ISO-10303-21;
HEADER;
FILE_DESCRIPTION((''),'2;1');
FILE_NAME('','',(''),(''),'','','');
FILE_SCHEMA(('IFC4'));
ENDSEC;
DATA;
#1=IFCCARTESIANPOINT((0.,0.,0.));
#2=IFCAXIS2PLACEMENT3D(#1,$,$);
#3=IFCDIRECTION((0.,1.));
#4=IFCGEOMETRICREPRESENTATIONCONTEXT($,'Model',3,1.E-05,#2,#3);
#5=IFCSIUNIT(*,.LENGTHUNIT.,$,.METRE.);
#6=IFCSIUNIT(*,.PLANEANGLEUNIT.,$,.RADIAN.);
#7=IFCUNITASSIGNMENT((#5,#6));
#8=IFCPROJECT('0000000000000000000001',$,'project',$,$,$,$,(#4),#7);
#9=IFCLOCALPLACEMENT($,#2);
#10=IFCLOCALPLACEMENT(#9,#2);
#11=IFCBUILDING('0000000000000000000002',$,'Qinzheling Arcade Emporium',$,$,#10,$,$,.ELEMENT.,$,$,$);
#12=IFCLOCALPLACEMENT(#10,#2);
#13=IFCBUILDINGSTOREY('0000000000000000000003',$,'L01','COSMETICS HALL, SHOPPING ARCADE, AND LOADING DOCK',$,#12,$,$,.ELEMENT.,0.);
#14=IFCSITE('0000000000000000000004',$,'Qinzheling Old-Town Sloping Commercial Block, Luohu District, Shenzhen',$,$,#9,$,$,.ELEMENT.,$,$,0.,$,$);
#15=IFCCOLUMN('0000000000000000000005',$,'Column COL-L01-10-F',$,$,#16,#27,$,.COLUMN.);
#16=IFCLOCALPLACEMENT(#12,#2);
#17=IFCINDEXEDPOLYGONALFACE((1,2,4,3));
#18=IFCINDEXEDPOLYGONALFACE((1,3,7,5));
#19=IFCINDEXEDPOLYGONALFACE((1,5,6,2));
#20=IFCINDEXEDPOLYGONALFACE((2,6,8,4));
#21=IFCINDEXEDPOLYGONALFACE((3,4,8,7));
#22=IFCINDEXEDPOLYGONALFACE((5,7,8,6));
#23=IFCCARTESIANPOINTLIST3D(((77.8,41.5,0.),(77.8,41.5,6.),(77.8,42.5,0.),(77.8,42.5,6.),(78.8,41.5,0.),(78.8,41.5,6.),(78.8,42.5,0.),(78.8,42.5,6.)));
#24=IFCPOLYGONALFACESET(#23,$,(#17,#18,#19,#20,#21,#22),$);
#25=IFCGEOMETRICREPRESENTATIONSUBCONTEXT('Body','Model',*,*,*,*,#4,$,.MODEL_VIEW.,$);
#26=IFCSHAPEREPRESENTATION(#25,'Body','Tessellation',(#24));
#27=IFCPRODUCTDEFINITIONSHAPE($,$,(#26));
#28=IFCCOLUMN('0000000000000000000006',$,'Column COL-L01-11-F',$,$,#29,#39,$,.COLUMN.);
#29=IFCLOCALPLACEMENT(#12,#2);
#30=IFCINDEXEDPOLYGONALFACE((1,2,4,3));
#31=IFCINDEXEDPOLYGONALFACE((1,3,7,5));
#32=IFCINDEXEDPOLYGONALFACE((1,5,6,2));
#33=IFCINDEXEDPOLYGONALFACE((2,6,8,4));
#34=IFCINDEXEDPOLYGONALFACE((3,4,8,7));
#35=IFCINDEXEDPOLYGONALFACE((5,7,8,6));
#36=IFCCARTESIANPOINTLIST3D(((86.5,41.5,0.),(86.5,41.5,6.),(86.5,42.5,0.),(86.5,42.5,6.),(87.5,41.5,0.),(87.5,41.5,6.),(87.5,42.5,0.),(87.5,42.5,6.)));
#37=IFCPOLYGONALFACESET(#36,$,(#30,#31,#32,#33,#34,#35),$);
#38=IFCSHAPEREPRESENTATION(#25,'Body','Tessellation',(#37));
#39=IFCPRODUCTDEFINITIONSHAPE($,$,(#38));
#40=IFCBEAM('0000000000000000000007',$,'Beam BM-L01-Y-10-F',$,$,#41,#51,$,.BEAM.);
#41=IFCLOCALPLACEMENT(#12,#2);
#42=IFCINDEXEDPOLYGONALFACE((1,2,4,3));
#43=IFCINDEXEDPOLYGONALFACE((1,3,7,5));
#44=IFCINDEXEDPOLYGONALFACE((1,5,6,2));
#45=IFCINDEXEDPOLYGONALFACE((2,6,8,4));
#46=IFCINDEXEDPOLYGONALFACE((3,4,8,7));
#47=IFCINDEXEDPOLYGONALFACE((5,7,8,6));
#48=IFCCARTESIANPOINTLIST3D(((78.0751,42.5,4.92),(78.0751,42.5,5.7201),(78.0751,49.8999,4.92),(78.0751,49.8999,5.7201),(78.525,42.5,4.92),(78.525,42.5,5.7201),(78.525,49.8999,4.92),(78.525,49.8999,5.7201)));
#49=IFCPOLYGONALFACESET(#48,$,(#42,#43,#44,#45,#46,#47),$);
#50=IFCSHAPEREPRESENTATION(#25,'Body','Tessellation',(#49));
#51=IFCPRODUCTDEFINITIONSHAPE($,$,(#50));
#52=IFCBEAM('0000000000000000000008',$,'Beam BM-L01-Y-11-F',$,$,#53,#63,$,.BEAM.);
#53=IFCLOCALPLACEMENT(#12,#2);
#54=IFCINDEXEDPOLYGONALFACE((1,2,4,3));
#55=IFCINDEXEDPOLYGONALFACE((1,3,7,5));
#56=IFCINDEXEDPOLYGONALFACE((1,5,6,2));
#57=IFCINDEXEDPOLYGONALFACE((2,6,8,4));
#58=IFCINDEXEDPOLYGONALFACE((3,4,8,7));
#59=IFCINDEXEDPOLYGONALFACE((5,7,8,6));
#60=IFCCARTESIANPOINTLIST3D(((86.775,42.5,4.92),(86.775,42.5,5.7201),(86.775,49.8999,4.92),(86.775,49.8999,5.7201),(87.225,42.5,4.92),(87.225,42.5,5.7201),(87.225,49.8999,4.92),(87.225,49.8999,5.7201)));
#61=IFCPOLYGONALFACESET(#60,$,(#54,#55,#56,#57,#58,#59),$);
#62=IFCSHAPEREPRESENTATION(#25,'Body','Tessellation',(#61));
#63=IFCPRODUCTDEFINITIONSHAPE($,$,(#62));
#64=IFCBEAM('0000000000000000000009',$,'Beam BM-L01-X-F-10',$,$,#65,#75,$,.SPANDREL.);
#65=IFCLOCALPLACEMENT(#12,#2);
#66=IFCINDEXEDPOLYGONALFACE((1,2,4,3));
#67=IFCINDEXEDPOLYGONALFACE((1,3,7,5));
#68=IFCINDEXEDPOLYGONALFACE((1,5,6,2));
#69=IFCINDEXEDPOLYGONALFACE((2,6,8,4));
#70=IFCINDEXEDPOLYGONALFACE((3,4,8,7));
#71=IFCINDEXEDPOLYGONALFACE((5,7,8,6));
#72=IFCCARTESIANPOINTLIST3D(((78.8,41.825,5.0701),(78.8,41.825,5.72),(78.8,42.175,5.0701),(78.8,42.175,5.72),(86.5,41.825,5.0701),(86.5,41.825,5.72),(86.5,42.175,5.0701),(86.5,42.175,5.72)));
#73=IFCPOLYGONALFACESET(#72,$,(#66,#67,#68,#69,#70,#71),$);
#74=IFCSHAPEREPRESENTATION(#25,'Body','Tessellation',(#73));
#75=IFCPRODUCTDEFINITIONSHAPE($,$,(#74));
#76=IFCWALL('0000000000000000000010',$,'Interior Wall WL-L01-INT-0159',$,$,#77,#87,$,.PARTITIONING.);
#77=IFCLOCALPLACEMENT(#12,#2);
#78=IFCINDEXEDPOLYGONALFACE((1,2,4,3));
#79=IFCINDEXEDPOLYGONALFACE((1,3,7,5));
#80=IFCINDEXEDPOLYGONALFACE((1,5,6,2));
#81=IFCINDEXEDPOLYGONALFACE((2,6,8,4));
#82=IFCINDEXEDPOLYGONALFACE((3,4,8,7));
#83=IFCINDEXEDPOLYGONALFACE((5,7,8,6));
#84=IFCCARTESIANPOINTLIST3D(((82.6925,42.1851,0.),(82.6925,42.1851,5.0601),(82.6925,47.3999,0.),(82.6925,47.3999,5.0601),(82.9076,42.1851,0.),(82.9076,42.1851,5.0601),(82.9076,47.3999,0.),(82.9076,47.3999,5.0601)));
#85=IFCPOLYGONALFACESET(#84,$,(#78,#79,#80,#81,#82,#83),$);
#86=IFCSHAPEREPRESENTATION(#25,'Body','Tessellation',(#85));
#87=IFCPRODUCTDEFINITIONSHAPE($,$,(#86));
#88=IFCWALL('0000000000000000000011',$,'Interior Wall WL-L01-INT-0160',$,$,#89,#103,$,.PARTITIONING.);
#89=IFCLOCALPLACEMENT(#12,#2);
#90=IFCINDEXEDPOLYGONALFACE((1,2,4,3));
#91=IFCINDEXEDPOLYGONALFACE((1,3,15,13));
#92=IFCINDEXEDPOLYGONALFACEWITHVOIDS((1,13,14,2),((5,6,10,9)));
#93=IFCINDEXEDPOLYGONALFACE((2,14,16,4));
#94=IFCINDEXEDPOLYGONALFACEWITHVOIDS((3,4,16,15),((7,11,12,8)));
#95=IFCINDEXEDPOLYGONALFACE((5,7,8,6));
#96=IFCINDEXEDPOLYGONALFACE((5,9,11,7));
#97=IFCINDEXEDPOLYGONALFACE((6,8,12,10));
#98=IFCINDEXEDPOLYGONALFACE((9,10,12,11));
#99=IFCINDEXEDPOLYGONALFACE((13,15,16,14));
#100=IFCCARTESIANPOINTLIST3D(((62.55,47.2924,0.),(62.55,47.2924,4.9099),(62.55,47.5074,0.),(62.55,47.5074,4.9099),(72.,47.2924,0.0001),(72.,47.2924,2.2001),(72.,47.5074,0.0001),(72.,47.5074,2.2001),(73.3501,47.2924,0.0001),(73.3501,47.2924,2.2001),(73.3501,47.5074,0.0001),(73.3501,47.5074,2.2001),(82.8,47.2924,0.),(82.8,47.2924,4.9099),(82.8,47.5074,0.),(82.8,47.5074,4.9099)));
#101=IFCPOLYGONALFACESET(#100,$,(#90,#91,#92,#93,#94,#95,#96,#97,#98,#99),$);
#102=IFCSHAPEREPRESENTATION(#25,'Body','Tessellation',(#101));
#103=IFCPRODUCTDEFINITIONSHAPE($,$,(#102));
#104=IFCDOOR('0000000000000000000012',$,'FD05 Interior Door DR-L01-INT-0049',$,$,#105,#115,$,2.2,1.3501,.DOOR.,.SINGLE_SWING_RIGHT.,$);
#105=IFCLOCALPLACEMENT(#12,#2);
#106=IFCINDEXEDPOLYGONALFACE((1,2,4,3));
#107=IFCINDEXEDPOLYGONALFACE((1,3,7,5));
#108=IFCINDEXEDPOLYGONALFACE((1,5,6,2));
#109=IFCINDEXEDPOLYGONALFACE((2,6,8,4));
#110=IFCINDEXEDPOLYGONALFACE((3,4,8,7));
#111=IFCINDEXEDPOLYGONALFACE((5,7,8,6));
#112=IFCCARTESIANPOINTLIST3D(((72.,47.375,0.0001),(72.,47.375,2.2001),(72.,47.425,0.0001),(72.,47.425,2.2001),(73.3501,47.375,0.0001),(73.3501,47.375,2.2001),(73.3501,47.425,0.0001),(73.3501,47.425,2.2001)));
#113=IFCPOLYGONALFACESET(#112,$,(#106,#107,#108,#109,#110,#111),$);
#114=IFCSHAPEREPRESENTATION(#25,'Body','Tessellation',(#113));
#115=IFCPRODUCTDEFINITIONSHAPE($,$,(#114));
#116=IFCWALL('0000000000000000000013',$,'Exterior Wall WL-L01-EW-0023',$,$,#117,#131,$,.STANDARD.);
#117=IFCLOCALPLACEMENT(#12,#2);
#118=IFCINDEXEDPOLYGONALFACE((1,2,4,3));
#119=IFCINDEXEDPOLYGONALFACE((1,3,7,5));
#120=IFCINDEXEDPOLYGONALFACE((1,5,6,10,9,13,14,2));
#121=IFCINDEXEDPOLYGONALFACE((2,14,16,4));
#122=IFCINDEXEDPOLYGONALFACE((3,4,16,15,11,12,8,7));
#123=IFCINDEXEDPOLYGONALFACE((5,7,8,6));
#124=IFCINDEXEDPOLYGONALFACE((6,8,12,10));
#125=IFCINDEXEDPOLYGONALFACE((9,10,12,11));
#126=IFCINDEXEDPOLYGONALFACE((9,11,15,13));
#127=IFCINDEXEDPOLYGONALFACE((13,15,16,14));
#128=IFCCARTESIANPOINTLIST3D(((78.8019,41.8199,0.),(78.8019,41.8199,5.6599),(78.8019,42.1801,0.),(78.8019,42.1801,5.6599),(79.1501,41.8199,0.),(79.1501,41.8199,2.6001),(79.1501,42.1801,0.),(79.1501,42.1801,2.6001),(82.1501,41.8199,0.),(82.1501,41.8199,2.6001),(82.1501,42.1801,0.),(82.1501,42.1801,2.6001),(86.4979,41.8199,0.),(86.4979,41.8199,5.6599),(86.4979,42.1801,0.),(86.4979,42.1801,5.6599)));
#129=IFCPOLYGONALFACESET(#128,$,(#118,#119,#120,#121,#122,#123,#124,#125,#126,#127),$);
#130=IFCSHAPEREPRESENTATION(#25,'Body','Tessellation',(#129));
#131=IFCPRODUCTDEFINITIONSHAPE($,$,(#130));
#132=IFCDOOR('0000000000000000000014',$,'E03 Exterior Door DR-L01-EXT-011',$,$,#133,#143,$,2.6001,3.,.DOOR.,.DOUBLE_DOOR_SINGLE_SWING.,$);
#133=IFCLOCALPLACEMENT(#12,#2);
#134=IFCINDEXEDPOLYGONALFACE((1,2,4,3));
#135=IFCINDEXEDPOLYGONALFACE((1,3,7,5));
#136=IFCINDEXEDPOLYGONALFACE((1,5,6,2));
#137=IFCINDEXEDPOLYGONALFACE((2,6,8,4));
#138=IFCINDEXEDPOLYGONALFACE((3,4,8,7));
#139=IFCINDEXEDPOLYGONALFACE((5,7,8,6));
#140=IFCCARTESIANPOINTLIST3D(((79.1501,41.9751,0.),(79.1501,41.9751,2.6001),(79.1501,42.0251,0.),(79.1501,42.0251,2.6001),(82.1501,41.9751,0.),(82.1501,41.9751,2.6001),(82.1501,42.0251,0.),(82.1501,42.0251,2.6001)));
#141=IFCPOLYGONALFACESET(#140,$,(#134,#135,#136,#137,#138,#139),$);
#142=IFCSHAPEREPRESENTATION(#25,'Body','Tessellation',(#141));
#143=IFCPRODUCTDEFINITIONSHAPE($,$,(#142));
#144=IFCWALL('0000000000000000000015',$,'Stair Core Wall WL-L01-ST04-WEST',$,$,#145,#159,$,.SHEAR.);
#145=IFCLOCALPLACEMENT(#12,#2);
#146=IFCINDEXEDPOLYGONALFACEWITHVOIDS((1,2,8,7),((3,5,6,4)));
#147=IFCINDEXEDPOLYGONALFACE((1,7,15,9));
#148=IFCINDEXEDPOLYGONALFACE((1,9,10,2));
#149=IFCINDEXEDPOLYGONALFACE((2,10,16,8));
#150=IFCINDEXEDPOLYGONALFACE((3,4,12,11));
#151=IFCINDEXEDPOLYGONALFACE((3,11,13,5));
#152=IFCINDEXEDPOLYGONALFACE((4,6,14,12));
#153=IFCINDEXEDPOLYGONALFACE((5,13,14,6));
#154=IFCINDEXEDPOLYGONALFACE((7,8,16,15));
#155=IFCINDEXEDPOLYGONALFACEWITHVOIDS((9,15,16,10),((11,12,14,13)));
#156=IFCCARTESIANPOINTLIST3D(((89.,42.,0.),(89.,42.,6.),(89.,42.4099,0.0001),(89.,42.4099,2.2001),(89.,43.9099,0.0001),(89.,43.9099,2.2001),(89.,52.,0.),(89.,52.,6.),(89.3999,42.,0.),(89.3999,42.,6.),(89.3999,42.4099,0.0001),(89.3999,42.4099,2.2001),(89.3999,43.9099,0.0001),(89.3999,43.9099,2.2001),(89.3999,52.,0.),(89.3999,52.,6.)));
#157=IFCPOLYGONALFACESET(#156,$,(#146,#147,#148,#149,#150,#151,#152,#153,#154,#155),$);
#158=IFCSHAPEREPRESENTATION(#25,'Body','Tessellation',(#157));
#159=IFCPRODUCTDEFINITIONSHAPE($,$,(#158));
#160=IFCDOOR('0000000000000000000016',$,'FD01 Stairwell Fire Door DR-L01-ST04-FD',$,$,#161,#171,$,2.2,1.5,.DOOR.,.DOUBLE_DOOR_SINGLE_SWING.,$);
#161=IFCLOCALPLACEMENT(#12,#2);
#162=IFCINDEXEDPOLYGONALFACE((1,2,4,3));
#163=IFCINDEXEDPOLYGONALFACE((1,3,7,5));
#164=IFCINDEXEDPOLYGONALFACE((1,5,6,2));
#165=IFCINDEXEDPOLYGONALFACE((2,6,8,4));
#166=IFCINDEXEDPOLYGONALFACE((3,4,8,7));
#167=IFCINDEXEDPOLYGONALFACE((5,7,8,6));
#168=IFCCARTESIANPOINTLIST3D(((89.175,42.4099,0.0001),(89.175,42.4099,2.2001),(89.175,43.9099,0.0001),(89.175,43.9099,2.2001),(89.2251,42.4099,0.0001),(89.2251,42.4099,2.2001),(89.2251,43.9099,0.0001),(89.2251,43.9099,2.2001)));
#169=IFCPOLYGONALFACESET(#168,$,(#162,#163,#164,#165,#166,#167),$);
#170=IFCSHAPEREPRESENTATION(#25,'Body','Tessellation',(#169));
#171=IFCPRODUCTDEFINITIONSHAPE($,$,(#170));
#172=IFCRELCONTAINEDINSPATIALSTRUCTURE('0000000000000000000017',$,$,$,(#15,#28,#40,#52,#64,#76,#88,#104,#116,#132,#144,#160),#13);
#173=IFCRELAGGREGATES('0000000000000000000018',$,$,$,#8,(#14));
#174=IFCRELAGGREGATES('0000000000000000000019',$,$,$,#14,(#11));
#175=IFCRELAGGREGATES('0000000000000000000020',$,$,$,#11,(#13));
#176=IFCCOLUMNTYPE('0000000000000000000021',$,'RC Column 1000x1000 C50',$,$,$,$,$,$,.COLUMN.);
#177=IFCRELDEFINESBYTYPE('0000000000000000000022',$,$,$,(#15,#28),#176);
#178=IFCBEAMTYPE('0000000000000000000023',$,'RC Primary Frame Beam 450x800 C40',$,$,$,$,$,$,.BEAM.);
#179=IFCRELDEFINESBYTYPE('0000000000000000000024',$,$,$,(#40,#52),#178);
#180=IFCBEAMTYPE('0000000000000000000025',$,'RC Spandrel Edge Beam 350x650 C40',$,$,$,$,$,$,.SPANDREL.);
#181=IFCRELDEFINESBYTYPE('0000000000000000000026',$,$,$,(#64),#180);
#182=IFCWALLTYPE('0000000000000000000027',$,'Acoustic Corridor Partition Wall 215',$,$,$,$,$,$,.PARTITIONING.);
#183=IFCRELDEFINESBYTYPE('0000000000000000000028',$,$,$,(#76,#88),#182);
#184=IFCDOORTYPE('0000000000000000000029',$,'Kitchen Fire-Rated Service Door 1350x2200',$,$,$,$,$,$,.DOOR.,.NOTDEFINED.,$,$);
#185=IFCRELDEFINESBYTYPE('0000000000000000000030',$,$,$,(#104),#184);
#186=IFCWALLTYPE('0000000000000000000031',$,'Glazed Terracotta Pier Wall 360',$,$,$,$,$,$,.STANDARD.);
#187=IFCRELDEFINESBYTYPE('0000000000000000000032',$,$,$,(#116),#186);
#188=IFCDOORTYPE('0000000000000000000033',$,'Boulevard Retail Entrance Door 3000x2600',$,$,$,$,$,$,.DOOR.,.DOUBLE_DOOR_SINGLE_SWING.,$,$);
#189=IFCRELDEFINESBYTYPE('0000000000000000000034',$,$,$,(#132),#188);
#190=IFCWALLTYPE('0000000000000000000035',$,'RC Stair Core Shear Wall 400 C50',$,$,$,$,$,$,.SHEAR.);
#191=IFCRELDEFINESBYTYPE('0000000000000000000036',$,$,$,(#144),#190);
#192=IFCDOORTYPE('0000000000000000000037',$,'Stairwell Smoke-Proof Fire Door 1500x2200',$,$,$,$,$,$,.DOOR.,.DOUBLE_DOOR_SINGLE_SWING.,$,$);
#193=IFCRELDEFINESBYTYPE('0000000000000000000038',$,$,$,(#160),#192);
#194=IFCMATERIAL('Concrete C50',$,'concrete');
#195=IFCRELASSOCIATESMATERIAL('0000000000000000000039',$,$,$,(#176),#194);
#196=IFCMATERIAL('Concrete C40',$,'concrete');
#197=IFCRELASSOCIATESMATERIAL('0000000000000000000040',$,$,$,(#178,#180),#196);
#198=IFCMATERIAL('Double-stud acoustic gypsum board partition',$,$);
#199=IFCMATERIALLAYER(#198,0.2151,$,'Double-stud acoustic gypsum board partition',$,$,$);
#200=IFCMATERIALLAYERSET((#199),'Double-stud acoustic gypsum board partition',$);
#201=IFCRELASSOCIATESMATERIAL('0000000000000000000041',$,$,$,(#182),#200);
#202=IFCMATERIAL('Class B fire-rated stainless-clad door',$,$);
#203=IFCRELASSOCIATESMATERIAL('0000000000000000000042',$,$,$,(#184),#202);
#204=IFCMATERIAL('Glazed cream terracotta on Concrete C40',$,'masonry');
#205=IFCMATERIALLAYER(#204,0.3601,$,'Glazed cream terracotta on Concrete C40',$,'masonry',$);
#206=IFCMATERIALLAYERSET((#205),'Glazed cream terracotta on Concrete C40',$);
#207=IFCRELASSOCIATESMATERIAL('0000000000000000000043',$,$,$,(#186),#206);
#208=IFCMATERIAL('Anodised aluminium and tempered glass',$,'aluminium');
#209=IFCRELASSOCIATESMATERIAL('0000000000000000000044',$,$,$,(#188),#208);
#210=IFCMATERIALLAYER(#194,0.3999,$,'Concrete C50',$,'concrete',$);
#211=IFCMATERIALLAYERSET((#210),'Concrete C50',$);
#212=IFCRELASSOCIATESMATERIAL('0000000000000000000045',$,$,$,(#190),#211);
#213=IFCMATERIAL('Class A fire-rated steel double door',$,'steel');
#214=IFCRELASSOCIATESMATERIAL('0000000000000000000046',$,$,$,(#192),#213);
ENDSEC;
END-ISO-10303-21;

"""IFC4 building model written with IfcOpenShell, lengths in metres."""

from ifc_helpers import new_model, si_unit, direction, frame, frame_2d, origin, origin_2d, place, context, subcontext, project, spatial, rectangle, extrude, material, layer, layer_set, material_profile, profile_set, type_object, element, fill, save


model = new_model("IFC4")

# Units and contexts
model_context = context("Model", 3, precision=1e-05, world=origin(), true_north=direction((0.0, 1.0)))
body_context = subcontext(model_context, "Body", "Model", "MODEL_VIEW")
ifc_project = project(units=[si_unit("LENGTHUNIT", "METRE"), si_unit("PLANEANGLEUNIT", "RADIAN")], contexts=[model_context])

# Site, building, storey
site_placement = place(None, origin())
site = spatial("IfcSite", under=ifc_project, at=site_placement, Name="Qinzheling Old-Town Sloping Commercial Block, Luohu District, Shenzhen", CompositionType="ELEMENT", RefElevation=0.0)
building_placement = place(site_placement, origin())
building = spatial("IfcBuilding", under=site, at=building_placement, Name="Qinzheling Arcade Emporium", CompositionType="ELEMENT")
storey_placement = place(building_placement, origin())
storey = spatial("IfcBuildingStorey", under=building, at=storey_placement, Name="L01", Description="COSMETICS HALL, SHOPPING ARCADE, AND LOADING DOCK", CompositionType="ELEMENT", Elevation=0.0)

# Columns
ifc_material_1 = material(Name="Concrete C50", Category="concrete")
ifc_material_profile_1 = material_profile(ifc_material_1, rectangle(XDim=1.0, YDim=1.0, at=origin_2d()), Name="RC 1000x1000", Category="concrete")
ifc_profile_set_1 = profile_set([ifc_material_profile_1], Name="Concrete C50")
column_type = type_object("IfcColumnType", Name="RC Column 1000x1000 C50", PredefinedType="COLUMN", material=ifc_profile_set_1)
for number, where, z_axis, x_axis, name in (
    (1, (78.3, 42.0, 0.0), (0.0, 0.0, 1.0), (1.0, 0.0, 0.0), "Column COL-L01-10-F"),
    (2, (87.0, 42.0, 0.0), (0.0, 0.0, 1.0), (1.0, 0.0, 0.0), "Column COL-L01-11-F"),
):
    element("IfcColumn", number, at=place(storey_placement, frame(where, z_axis=z_axis, x_axis=x_axis)), inside=storey, type_object=column_type, Name=name, PredefinedType="COLUMN", context=body_context, shape_type="SweptSolid", body=[
        extrude(rectangle(XDim=1.0, YDim=1.0, at=origin_2d()), origin(), (0.0, 0.0, 1.0), 6.0),
    ])

# Beams
ifc_material_2 = material(Name="Concrete C40", Category="concrete")
ifc_material_profile_2 = material_profile(ifc_material_2, rectangle(XDim=0.45, YDim=0.8, at=origin_2d()), Name="RC 450x800", Category="concrete")
ifc_profile_set_2 = profile_set([ifc_material_profile_2], Name="Concrete C40")
beam_type_1 = type_object("IfcBeamType", Name="RC Primary Frame Beam 450x800 C40", PredefinedType="BEAM", material=ifc_profile_set_2)
for number, where, z_axis, x_axis, name in (
    (3, (78.3, 42.5, 5.3201), (0.0, 1.0, 0.0), (-1.0, 0.0, 0.0), "Beam BM-L01-Y-10-F"),
    (4, (87.0, 42.5, 5.3201), (0.0, 1.0, 0.0), (-1.0, 0.0, 0.0), "Beam BM-L01-Y-11-F"),
):
    element("IfcBeam", number, at=place(storey_placement, frame(where, z_axis=z_axis, x_axis=x_axis)), inside=storey, type_object=beam_type_1, Name=name, PredefinedType="BEAM", context=body_context, shape_type="SweptSolid", body=[
        extrude(rectangle(XDim=0.45, YDim=0.8, at=origin_2d()), origin(), (0.0, 0.0, 1.0), 7.3999),
    ])
ifc_material_profile_3 = material_profile(ifc_material_2, rectangle(XDim=0.3501, YDim=0.6499, at=origin_2d()), Name="RC 350x650", Category="concrete")
ifc_profile_set_3 = profile_set([ifc_material_profile_3], Name="Concrete C40")
beam_type_2 = type_object("IfcBeamType", Name="RC Spandrel Edge Beam 350x650 C40", PredefinedType="SPANDREL", material=ifc_profile_set_3)
beam_placement = place(storey_placement, frame((78.8, 42.0, 5.395), z_axis=(1.0, 0.0, 0.0), x_axis=(0.0, 1.0, 0.0)))
element("IfcBeam", 5, at=beam_placement, inside=storey, type_object=beam_type_2, Name="Beam BM-L01-X-F-10", PredefinedType="SPANDREL", context=body_context, shape_type="SweptSolid", body=[
    extrude(rectangle(XDim=0.3501, YDim=0.6499, at=origin_2d()), origin(), (0.0, 0.0, 1.0), 7.7),
])

# Wall
ifc_material_3 = material(Name="Double-stud acoustic gypsum board partition")
ifc_layer_1 = layer(ifc_material_3, 0.2151, Name="Double-stud acoustic gypsum board partition")
ifc_layer_set_1 = layer_set([ifc_layer_1], Name="Double-stud acoustic gypsum board partition")
wall_type_1 = type_object("IfcWallType", Name="Acoustic Corridor Partition Wall 215", PredefinedType="PARTITIONING", material=ifc_layer_set_1)
wall_1_placement = place(storey_placement, frame((82.8, 42.1851, 0.0), z_axis=(0.0, 0.0, 1.0), x_axis=(0.0, 1.0, 0.0)))
element("IfcWall", 6, at=wall_1_placement, inside=storey, type_object=wall_type_1, Name="Interior Wall WL-L01-INT-0159", PredefinedType="PARTITIONING", context=body_context, shape_type="SweptSolid", body=[
    extrude(rectangle(XDim=5.2148, YDim=0.2151, at=frame_2d((2.6074, 0.0))), origin(), (0.0, 0.0, 1.0), 5.0601),
])

# Walls, openings, doors
wall_2_placement = place(storey_placement, frame((82.8, 47.3999, 0.0), z_axis=(0.0, 0.0, 1.0), x_axis=(-1.0, 0.0, 0.0)))
wall_2 = element("IfcWall", 7, at=wall_2_placement, inside=storey, type_object=wall_type_1, Name="Interior Wall WL-L01-INT-0160", PredefinedType="PARTITIONING", context=body_context, shape_type="SweptSolid", body=[
    extrude(rectangle(XDim=20.25, YDim=0.2151, at=frame_2d((10.125, 0.0))), origin(), (0.0, 0.0, 1.0), 4.9099),
])
opening_1_placement = place(wall_2_placement, frame((9.45, 0.0, 0.0)))
opening_1 = element("IfcOpeningElement", 8, at=opening_1_placement, cuts=wall_2, PredefinedType="OPENING", context=body_context, shape_type="SweptSolid", body=[
    extrude(rectangle(XDim=1.3501, YDim=2.2, at=frame_2d((0.675, 1.1001))), frame((0.0, 0.1177, 0.0), z_axis=(0.0, -1.0, 0.0), x_axis=(1.0, 0.0, 0.0)), (0.0, 0.0, 1.0), 0.2351),
])
ifc_material_4 = material(Name="Class B fire-rated stainless-clad door")
door_type_1 = type_object("IfcDoorType", Name="Kitchen Fire-Rated Service Door 1350x2200", OperationType="NOTDEFINED", PredefinedType="DOOR", material=ifc_material_4)
door_1_placement = place(opening_1_placement, origin())
door_1 = element("IfcDoor", 9, at=door_1_placement, inside=storey, type_object=door_type_1, Name="FD05 Interior Door DR-L01-INT-0049", OperationType="SINGLE_SWING_RIGHT", OverallHeight=2.2, OverallWidth=1.3501, PredefinedType="DOOR", context=body_context, shape_type="SweptSolid", body=[
    extrude(rectangle(XDim=1.3501, YDim=2.2, at=frame_2d((0.675, 1.1001))), frame((0.0, 0.0249, 0.0), z_axis=(0.0, -1.0, 0.0), x_axis=(1.0, 0.0, 0.0)), (0.0, 0.0, 1.0), 0.05),
])
fill(opening_1, door_1)
ifc_material_5 = material(Name="Glazed cream terracotta on Concrete C40", Category="masonry")
ifc_layer_2 = layer(ifc_material_5, 0.3601, Name="Glazed cream terracotta on Concrete C40", Category="masonry")
ifc_layer_set_2 = layer_set([ifc_layer_2], Name="Glazed cream terracotta on Concrete C40")
wall_type_2 = type_object("IfcWallType", Name="Glazed Terracotta Pier Wall 360", PredefinedType="STANDARD", material=ifc_layer_set_2)
wall_3_placement = place(storey_placement, frame((86.498, 42.0, 0.0), z_axis=(0.0, 0.0, 1.0), x_axis=(-1.0, 0.0, 0.0)))
wall_3 = element("IfcWall", 10, at=wall_3_placement, inside=storey, type_object=wall_type_2, Name="Exterior Wall WL-L01-EW-0023", PredefinedType="STANDARD", context=body_context, shape_type="SweptSolid", body=[
    extrude(rectangle(XDim=7.696, YDim=0.3601, at=frame_2d((3.8481, 0.0))), origin(), (0.0, 0.0, 1.0), 5.6599),
])
opening_2_placement = place(wall_3_placement, frame((4.3479, 0.0, 0.0)))
opening_2 = element("IfcOpeningElement", 11, at=opening_2_placement, cuts=wall_3, PredefinedType="OPENING", context=body_context, shape_type="SweptSolid", body=[
    extrude(rectangle(XDim=3.0, YDim=2.6001, at=frame_2d((1.5, 1.3))), frame((0.0, 0.1899, 0.0), z_axis=(0.0, -1.0, 0.0), x_axis=(1.0, 0.0, 0.0)), (0.0, 0.0, 1.0), 0.3801),
])
ifc_material_6 = material(Name="Anodised aluminium and tempered glass", Category="aluminium")
door_type_2 = type_object("IfcDoorType", Name="Boulevard Retail Entrance Door 3000x2600", OperationType="DOUBLE_DOOR_SINGLE_SWING", PredefinedType="DOOR", material=ifc_material_6)
door_2_placement = place(opening_2_placement, origin())
door_2 = element("IfcDoor", 12, at=door_2_placement, inside=storey, type_object=door_type_2, Name="E03 Exterior Door DR-L01-EXT-011", OperationType="DOUBLE_DOOR_SINGLE_SWING", OverallHeight=2.6001, OverallWidth=3.0, PredefinedType="DOOR", context=body_context, shape_type="SweptSolid", body=[
    extrude(rectangle(XDim=3.0, YDim=2.6001, at=frame_2d((1.5, 1.3))), frame((0.0, 0.0249, 0.0), z_axis=(0.0, -1.0, 0.0), x_axis=(1.0, 0.0, 0.0)), (0.0, 0.0, 1.0), 0.05),
])
fill(opening_2, door_2)
ifc_layer_3 = layer(ifc_material_1, 0.3999, Name="Concrete C50", Category="concrete")
ifc_layer_set_3 = layer_set([ifc_layer_3], Name="Concrete C50")
wall_type_3 = type_object("IfcWallType", Name="RC Stair Core Shear Wall 400 C50", PredefinedType="SHEAR", material=ifc_layer_set_3)
wall_4_placement = place(storey_placement, frame((89.2, 42.0, 0.0), z_axis=(0.0, 0.0, 1.0), x_axis=(0.0, 1.0, 0.0)))
wall_4 = element("IfcWall", 13, at=wall_4_placement, inside=storey, type_object=wall_type_3, Name="Stair Core Wall WL-L01-ST04-WEST", PredefinedType="SHEAR", context=body_context, shape_type="SweptSolid", body=[
    extrude(rectangle(XDim=10.0, YDim=0.3999, at=frame_2d((5.0, 0.0))), origin(), (0.0, 0.0, 1.0), 6.0),
])
opening_3_placement = place(wall_4_placement, frame((0.4099, 0.0, 0.0)))
opening_3 = element("IfcOpeningElement", 14, at=opening_3_placement, cuts=wall_4, PredefinedType="OPENING", context=body_context, shape_type="SweptSolid", body=[
    extrude(rectangle(XDim=1.5, YDim=2.2, at=frame_2d((0.75, 1.1001))), frame((0.0, 0.21, 0.0), z_axis=(0.0, -1.0, 0.0), x_axis=(1.0, 0.0, 0.0)), (0.0, 0.0, 1.0), 0.4199),
])
ifc_material_7 = material(Name="Class A fire-rated steel double door", Category="steel")
door_type_3 = type_object("IfcDoorType", Name="Stairwell Smoke-Proof Fire Door 1500x2200", OperationType="DOUBLE_DOOR_SINGLE_SWING", PredefinedType="DOOR", material=ifc_material_7)
door_3_placement = place(opening_3_placement, origin())
door_3 = element("IfcDoor", 15, at=door_3_placement, inside=storey, type_object=door_type_3, Name="FD01 Stairwell Fire Door DR-L01-ST04-FD", OperationType="DOUBLE_DOOR_SINGLE_SWING", OverallHeight=2.2, OverallWidth=1.5, PredefinedType="DOOR", context=body_context, shape_type="SweptSolid", body=[
    extrude(rectangle(XDim=1.5, YDim=2.2, at=frame_2d((0.75, 1.1001))), frame((0.0, 0.0249, 0.0), z_axis=(0.0, -1.0, 0.0), x_axis=(1.0, 0.0, 0.0)), (0.0, 0.0, 1.0), 0.05),
])
fill(opening_3, door_3)

save(model, "model.ifc")
